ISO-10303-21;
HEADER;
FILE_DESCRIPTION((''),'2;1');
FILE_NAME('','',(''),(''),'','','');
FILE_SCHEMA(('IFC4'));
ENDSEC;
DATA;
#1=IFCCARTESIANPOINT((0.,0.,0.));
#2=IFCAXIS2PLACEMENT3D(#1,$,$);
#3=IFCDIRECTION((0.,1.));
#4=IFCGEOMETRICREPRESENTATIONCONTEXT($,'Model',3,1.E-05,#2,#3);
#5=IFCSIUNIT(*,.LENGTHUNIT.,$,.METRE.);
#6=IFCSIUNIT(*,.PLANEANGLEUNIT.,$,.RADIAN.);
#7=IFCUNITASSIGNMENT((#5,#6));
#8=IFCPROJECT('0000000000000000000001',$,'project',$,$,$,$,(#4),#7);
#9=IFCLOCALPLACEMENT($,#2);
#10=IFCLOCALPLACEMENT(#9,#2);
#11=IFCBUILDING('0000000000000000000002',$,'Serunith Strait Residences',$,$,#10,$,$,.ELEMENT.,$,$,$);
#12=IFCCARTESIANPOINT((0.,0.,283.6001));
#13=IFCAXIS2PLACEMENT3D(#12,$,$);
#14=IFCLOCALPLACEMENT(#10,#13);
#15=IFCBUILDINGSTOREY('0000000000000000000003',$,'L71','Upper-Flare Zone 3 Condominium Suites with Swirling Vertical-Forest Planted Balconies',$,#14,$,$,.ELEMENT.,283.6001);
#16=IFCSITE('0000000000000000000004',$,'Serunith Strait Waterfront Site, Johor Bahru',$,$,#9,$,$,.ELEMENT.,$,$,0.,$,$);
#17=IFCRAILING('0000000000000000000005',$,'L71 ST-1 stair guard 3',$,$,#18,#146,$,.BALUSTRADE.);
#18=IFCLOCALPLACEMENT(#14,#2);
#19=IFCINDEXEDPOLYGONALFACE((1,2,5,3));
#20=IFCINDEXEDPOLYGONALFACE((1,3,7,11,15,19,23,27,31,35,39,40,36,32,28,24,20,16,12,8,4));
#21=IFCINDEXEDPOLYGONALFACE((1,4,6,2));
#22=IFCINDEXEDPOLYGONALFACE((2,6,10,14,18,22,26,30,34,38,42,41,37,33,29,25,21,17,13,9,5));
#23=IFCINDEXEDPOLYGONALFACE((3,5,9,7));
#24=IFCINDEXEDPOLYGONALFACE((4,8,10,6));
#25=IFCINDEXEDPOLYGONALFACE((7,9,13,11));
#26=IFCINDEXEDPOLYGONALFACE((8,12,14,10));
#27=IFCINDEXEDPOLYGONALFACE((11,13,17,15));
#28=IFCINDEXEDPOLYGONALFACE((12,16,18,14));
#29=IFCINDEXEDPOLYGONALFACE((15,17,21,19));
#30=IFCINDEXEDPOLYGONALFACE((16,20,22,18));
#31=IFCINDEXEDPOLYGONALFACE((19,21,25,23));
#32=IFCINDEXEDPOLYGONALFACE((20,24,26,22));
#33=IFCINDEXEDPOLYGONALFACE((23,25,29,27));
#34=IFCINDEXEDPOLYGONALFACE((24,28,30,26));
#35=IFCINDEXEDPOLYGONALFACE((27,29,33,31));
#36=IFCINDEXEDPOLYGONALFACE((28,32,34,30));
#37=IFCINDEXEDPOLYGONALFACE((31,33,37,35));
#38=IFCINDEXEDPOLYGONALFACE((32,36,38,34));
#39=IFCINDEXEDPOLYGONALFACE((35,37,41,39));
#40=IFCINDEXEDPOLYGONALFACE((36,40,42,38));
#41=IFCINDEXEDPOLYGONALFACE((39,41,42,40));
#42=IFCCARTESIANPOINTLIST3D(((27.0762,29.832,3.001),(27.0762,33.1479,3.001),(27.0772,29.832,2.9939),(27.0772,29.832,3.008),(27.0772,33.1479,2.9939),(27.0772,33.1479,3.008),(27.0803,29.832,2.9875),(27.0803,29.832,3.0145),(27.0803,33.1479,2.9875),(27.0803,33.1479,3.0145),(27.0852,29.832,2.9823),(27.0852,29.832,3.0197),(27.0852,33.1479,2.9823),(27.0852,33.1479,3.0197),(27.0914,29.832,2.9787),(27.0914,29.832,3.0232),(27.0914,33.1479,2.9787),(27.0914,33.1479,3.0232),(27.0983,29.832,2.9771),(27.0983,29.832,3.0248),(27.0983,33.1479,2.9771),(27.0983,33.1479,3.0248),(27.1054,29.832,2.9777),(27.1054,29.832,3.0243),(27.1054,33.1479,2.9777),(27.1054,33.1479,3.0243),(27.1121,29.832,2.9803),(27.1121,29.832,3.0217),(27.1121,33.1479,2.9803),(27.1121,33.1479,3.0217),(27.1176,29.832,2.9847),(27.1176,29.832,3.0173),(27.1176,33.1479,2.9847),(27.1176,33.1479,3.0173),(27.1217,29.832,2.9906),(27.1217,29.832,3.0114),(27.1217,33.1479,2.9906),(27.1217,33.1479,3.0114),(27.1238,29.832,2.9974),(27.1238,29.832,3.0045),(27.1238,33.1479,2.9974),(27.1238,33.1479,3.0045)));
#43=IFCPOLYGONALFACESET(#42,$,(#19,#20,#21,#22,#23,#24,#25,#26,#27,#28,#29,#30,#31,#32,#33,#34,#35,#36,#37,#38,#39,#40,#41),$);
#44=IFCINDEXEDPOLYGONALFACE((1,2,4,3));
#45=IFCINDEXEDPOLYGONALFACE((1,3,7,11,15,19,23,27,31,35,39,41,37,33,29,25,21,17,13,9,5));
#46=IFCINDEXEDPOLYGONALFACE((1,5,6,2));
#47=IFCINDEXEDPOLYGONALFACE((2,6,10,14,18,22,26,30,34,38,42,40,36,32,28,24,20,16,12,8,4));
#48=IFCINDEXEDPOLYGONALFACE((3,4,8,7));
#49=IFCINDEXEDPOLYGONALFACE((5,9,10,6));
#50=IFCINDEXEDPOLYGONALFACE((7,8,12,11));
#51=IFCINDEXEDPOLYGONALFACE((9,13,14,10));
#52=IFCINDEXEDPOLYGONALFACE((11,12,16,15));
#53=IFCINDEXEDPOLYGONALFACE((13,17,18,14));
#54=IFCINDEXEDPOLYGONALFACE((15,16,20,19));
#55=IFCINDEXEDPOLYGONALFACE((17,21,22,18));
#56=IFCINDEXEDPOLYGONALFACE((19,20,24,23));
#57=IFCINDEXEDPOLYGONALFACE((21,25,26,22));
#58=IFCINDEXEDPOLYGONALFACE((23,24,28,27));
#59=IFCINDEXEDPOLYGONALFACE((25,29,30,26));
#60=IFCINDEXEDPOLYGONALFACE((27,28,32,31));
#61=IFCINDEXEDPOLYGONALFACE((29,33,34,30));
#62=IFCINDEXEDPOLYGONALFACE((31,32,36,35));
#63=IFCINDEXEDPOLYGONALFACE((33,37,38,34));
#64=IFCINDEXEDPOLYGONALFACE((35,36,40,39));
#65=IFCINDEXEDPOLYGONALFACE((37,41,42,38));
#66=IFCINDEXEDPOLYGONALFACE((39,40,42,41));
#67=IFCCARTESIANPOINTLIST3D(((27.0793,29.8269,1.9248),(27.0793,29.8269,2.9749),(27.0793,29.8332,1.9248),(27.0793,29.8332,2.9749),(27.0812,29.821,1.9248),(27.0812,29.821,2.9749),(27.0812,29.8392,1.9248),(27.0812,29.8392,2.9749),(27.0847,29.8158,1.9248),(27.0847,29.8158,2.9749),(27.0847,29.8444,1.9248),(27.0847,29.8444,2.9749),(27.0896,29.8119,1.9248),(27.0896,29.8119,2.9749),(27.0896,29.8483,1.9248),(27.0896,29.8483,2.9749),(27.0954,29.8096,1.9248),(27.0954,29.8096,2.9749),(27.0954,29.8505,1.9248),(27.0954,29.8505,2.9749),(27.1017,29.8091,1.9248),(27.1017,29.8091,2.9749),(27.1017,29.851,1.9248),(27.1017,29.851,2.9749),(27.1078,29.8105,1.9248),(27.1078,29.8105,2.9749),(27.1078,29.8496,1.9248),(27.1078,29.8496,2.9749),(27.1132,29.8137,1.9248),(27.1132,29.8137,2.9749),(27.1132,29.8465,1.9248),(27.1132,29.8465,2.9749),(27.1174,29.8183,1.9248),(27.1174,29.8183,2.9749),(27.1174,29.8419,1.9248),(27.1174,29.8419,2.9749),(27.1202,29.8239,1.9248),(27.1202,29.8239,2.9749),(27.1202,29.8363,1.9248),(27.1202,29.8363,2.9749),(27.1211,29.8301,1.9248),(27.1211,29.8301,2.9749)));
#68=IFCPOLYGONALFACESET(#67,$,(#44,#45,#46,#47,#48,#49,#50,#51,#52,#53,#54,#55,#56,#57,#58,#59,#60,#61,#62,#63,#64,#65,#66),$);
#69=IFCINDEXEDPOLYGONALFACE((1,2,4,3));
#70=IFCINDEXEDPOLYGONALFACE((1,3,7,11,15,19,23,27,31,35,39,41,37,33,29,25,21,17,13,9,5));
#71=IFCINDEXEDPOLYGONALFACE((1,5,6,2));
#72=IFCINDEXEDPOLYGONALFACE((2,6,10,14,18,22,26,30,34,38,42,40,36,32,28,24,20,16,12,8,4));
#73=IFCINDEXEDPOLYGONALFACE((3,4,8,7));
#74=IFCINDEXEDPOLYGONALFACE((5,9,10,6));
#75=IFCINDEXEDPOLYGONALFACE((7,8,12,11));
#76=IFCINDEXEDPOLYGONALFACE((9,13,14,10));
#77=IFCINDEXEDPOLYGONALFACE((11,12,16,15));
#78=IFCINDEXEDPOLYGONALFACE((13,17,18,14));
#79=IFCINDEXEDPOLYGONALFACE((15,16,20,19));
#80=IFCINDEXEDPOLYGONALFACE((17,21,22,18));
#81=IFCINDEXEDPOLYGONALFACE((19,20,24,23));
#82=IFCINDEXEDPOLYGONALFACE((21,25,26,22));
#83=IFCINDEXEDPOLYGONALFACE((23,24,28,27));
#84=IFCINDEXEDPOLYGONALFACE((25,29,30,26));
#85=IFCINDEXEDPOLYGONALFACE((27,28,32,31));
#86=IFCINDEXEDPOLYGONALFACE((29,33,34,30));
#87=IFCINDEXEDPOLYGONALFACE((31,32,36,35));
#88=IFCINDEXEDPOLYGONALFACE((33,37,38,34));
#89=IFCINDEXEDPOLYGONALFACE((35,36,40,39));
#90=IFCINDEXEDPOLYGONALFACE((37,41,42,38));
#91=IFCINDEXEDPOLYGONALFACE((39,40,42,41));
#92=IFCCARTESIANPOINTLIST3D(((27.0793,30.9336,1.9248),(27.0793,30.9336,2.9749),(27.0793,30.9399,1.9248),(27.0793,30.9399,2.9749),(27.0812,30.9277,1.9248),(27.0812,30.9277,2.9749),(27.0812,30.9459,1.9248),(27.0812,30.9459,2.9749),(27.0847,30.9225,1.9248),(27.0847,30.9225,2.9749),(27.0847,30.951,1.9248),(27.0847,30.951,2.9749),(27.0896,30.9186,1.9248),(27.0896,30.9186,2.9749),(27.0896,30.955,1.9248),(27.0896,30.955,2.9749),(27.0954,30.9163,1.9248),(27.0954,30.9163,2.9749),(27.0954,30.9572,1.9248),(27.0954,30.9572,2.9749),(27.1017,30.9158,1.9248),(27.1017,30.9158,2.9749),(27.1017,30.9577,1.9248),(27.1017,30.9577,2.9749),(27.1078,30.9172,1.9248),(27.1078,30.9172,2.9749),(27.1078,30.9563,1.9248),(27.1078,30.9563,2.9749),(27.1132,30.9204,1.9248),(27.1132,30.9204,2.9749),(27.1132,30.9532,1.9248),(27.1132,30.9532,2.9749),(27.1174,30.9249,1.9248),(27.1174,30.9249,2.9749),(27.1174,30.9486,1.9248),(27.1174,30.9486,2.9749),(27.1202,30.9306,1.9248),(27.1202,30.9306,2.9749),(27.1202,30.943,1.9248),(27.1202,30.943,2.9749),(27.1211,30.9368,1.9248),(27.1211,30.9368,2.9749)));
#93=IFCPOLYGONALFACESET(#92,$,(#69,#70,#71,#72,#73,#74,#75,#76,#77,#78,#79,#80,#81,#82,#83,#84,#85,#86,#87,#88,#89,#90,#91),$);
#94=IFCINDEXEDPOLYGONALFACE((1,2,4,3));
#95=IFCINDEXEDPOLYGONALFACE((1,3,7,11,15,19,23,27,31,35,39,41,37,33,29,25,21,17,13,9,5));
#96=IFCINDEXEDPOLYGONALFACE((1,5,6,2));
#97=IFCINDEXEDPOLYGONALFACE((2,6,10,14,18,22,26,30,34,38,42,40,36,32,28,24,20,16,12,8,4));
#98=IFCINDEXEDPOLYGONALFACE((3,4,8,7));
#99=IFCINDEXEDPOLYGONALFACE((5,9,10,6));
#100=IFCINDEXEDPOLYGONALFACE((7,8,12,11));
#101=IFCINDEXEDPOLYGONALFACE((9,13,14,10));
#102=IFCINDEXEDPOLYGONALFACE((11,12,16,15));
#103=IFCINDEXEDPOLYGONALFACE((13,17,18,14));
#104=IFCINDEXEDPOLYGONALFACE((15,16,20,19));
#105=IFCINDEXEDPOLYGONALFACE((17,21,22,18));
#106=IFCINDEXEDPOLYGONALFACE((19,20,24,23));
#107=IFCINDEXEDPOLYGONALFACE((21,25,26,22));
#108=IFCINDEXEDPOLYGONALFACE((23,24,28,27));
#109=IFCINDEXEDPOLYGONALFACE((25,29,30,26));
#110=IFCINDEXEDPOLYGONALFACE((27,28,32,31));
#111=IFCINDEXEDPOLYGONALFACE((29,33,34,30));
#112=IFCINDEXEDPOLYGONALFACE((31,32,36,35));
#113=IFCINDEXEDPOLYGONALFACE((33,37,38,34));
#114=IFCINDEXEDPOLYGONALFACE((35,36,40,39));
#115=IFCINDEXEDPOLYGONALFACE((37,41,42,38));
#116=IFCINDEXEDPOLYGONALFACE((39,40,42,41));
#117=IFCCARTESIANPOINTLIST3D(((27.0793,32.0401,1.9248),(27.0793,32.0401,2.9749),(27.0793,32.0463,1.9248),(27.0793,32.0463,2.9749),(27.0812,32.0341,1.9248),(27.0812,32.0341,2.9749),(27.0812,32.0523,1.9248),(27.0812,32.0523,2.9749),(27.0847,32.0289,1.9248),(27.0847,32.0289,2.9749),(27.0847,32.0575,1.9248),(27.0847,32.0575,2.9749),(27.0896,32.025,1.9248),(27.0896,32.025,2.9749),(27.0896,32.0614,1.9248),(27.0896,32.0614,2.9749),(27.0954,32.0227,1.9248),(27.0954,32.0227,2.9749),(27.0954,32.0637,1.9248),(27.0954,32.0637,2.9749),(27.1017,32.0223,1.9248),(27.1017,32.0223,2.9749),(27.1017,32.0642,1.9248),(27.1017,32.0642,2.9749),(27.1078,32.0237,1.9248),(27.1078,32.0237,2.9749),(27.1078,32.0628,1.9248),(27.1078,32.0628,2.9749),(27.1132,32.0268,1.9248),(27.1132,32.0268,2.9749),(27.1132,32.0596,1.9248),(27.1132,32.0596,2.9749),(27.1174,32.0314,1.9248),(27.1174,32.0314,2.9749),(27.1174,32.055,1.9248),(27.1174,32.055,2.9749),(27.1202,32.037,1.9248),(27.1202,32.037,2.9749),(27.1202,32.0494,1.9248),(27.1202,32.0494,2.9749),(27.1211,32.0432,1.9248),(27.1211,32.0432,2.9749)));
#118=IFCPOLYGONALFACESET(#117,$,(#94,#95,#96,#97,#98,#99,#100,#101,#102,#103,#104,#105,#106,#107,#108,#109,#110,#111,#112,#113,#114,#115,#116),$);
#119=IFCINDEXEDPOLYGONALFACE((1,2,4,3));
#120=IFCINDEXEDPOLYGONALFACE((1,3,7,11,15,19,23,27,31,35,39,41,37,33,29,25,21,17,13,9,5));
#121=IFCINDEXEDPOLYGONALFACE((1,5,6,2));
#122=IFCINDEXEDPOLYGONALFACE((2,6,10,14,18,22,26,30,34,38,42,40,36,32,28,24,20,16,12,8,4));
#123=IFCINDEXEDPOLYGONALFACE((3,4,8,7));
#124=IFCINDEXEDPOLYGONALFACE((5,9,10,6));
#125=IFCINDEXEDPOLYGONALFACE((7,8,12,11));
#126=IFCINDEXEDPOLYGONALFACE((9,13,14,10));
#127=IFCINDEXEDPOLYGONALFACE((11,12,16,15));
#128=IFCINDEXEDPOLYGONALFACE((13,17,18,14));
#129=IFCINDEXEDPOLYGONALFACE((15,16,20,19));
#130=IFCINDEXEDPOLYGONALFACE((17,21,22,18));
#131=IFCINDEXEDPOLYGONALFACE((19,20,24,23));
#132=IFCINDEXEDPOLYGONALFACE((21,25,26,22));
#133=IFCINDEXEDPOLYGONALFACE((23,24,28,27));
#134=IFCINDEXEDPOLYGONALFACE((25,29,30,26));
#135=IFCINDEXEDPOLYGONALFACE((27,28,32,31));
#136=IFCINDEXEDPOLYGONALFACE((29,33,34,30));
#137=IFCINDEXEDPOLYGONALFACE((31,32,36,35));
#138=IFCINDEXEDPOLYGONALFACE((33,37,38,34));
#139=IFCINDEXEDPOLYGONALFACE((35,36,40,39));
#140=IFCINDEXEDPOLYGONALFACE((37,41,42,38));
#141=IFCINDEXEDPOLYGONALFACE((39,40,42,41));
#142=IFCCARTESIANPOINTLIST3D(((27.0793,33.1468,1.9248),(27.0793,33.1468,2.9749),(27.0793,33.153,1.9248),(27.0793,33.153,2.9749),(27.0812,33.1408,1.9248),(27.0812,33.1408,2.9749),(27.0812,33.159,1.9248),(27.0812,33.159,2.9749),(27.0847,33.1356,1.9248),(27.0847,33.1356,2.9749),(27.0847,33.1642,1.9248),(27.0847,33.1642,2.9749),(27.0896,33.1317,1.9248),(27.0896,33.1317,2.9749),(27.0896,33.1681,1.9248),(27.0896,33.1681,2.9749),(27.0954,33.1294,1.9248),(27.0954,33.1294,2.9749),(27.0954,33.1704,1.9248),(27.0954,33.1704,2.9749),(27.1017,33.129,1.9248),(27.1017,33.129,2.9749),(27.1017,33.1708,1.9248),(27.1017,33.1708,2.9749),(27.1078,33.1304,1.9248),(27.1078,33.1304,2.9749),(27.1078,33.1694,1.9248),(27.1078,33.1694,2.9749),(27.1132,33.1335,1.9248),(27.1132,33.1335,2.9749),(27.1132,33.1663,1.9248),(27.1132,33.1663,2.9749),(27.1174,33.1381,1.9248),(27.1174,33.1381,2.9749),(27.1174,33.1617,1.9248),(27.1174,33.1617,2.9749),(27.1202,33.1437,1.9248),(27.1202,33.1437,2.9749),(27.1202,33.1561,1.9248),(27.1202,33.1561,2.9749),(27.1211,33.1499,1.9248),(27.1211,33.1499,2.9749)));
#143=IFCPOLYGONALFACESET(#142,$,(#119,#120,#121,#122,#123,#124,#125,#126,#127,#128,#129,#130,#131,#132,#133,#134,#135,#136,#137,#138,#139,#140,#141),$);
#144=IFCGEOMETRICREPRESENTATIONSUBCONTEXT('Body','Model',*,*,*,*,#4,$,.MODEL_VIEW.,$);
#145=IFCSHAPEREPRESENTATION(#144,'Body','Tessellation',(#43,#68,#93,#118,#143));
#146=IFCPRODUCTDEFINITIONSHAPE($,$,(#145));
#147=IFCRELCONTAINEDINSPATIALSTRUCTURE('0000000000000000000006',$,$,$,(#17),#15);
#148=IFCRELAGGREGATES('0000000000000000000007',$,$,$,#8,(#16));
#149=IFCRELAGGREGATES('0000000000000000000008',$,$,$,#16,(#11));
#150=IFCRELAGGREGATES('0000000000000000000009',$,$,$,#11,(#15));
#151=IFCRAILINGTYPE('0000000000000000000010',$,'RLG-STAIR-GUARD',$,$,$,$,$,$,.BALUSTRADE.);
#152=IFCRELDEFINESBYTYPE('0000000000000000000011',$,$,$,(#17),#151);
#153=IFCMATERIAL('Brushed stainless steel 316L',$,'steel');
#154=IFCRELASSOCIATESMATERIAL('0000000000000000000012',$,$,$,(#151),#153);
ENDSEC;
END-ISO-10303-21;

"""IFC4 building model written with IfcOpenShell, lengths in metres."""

from ifc_helpers import new_model, si_unit, direction, frame, origin, origin_2d, place, context, subcontext, project, spatial, circle, extrude, material, type_object, element, save


model = new_model("IFC4")

# Units and contexts
model_context = context("Model", 3, precision=1e-05, world=origin(), true_north=direction((0.0, 1.0)))
body_context = subcontext(model_context, "Body", "Model", "MODEL_VIEW")
ifc_project = project(units=[si_unit("LENGTHUNIT", "METRE"), si_unit("PLANEANGLEUNIT", "RADIAN")], contexts=[model_context])

# Site, building, storey
site_placement = place(None, origin())
site = spatial("IfcSite", under=ifc_project, at=site_placement, Name="Serunith Strait Waterfront Site, Johor Bahru", CompositionType="ELEMENT", RefElevation=0.0)
building_placement = place(site_placement, origin())
building = spatial("IfcBuilding", under=site, at=building_placement, Name="Serunith Strait Residences", CompositionType="ELEMENT")
storey_placement = place(building_placement, frame((0.0, 0.0, 283.6001)))
storey = spatial("IfcBuildingStorey", under=building, at=storey_placement, Name="L71", Description="Upper-Flare Zone 3 Condominium Suites with Swirling Vertical-Forest Planted Balconies", CompositionType="ELEMENT", Elevation=283.6001)

# Railing
ifc_material_1 = material(Name="Brushed stainless steel 316L", Category="steel")
railing_type_1 = type_object("IfcRailingType", Name="RLG-STAIR-GUARD", PredefinedType="BALUSTRADE", material=ifc_material_1)
for number, where, name in (
    (1, (27.1001, 29.8301, 1.9248), "L71 ST-1 stair guard 3"),
):
    element("IfcRailing", number, at=place(storey_placement, frame(where)), inside=storey, type_object=railing_type_1, Name=name, PredefinedType="BALUSTRADE", context=body_context, shape_type="SweptSolid", body=[
        extrude(circle(Radius=0.0239, at=origin_2d()), frame((0.0, 0.002, 1.0762), z_axis=(0.0, 1.0, 0.0), x_axis=(-1.0, 0.0, 0.0)), (0.0, 0.0, 1.0), 3.3159),
        extrude(circle(Radius=0.021, at=origin_2d()), origin(), (0.0, 0.0, 1.0), 1.05),
        extrude(circle(Radius=0.021, at=origin_2d()), frame((0.0, 1.1067, 0.0)), (0.0, 0.0, 1.0), 1.05),
        extrude(circle(Radius=0.021, at=origin_2d()), frame((0.0, 2.2131, 0.0)), (0.0, 0.0, 1.0), 1.05),
        extrude(circle(Radius=0.021, at=origin_2d()), frame((0.0, 3.3198, 0.0)), (0.0, 0.0, 1.0), 1.05),
    ])

save(model, "model.ifc")
